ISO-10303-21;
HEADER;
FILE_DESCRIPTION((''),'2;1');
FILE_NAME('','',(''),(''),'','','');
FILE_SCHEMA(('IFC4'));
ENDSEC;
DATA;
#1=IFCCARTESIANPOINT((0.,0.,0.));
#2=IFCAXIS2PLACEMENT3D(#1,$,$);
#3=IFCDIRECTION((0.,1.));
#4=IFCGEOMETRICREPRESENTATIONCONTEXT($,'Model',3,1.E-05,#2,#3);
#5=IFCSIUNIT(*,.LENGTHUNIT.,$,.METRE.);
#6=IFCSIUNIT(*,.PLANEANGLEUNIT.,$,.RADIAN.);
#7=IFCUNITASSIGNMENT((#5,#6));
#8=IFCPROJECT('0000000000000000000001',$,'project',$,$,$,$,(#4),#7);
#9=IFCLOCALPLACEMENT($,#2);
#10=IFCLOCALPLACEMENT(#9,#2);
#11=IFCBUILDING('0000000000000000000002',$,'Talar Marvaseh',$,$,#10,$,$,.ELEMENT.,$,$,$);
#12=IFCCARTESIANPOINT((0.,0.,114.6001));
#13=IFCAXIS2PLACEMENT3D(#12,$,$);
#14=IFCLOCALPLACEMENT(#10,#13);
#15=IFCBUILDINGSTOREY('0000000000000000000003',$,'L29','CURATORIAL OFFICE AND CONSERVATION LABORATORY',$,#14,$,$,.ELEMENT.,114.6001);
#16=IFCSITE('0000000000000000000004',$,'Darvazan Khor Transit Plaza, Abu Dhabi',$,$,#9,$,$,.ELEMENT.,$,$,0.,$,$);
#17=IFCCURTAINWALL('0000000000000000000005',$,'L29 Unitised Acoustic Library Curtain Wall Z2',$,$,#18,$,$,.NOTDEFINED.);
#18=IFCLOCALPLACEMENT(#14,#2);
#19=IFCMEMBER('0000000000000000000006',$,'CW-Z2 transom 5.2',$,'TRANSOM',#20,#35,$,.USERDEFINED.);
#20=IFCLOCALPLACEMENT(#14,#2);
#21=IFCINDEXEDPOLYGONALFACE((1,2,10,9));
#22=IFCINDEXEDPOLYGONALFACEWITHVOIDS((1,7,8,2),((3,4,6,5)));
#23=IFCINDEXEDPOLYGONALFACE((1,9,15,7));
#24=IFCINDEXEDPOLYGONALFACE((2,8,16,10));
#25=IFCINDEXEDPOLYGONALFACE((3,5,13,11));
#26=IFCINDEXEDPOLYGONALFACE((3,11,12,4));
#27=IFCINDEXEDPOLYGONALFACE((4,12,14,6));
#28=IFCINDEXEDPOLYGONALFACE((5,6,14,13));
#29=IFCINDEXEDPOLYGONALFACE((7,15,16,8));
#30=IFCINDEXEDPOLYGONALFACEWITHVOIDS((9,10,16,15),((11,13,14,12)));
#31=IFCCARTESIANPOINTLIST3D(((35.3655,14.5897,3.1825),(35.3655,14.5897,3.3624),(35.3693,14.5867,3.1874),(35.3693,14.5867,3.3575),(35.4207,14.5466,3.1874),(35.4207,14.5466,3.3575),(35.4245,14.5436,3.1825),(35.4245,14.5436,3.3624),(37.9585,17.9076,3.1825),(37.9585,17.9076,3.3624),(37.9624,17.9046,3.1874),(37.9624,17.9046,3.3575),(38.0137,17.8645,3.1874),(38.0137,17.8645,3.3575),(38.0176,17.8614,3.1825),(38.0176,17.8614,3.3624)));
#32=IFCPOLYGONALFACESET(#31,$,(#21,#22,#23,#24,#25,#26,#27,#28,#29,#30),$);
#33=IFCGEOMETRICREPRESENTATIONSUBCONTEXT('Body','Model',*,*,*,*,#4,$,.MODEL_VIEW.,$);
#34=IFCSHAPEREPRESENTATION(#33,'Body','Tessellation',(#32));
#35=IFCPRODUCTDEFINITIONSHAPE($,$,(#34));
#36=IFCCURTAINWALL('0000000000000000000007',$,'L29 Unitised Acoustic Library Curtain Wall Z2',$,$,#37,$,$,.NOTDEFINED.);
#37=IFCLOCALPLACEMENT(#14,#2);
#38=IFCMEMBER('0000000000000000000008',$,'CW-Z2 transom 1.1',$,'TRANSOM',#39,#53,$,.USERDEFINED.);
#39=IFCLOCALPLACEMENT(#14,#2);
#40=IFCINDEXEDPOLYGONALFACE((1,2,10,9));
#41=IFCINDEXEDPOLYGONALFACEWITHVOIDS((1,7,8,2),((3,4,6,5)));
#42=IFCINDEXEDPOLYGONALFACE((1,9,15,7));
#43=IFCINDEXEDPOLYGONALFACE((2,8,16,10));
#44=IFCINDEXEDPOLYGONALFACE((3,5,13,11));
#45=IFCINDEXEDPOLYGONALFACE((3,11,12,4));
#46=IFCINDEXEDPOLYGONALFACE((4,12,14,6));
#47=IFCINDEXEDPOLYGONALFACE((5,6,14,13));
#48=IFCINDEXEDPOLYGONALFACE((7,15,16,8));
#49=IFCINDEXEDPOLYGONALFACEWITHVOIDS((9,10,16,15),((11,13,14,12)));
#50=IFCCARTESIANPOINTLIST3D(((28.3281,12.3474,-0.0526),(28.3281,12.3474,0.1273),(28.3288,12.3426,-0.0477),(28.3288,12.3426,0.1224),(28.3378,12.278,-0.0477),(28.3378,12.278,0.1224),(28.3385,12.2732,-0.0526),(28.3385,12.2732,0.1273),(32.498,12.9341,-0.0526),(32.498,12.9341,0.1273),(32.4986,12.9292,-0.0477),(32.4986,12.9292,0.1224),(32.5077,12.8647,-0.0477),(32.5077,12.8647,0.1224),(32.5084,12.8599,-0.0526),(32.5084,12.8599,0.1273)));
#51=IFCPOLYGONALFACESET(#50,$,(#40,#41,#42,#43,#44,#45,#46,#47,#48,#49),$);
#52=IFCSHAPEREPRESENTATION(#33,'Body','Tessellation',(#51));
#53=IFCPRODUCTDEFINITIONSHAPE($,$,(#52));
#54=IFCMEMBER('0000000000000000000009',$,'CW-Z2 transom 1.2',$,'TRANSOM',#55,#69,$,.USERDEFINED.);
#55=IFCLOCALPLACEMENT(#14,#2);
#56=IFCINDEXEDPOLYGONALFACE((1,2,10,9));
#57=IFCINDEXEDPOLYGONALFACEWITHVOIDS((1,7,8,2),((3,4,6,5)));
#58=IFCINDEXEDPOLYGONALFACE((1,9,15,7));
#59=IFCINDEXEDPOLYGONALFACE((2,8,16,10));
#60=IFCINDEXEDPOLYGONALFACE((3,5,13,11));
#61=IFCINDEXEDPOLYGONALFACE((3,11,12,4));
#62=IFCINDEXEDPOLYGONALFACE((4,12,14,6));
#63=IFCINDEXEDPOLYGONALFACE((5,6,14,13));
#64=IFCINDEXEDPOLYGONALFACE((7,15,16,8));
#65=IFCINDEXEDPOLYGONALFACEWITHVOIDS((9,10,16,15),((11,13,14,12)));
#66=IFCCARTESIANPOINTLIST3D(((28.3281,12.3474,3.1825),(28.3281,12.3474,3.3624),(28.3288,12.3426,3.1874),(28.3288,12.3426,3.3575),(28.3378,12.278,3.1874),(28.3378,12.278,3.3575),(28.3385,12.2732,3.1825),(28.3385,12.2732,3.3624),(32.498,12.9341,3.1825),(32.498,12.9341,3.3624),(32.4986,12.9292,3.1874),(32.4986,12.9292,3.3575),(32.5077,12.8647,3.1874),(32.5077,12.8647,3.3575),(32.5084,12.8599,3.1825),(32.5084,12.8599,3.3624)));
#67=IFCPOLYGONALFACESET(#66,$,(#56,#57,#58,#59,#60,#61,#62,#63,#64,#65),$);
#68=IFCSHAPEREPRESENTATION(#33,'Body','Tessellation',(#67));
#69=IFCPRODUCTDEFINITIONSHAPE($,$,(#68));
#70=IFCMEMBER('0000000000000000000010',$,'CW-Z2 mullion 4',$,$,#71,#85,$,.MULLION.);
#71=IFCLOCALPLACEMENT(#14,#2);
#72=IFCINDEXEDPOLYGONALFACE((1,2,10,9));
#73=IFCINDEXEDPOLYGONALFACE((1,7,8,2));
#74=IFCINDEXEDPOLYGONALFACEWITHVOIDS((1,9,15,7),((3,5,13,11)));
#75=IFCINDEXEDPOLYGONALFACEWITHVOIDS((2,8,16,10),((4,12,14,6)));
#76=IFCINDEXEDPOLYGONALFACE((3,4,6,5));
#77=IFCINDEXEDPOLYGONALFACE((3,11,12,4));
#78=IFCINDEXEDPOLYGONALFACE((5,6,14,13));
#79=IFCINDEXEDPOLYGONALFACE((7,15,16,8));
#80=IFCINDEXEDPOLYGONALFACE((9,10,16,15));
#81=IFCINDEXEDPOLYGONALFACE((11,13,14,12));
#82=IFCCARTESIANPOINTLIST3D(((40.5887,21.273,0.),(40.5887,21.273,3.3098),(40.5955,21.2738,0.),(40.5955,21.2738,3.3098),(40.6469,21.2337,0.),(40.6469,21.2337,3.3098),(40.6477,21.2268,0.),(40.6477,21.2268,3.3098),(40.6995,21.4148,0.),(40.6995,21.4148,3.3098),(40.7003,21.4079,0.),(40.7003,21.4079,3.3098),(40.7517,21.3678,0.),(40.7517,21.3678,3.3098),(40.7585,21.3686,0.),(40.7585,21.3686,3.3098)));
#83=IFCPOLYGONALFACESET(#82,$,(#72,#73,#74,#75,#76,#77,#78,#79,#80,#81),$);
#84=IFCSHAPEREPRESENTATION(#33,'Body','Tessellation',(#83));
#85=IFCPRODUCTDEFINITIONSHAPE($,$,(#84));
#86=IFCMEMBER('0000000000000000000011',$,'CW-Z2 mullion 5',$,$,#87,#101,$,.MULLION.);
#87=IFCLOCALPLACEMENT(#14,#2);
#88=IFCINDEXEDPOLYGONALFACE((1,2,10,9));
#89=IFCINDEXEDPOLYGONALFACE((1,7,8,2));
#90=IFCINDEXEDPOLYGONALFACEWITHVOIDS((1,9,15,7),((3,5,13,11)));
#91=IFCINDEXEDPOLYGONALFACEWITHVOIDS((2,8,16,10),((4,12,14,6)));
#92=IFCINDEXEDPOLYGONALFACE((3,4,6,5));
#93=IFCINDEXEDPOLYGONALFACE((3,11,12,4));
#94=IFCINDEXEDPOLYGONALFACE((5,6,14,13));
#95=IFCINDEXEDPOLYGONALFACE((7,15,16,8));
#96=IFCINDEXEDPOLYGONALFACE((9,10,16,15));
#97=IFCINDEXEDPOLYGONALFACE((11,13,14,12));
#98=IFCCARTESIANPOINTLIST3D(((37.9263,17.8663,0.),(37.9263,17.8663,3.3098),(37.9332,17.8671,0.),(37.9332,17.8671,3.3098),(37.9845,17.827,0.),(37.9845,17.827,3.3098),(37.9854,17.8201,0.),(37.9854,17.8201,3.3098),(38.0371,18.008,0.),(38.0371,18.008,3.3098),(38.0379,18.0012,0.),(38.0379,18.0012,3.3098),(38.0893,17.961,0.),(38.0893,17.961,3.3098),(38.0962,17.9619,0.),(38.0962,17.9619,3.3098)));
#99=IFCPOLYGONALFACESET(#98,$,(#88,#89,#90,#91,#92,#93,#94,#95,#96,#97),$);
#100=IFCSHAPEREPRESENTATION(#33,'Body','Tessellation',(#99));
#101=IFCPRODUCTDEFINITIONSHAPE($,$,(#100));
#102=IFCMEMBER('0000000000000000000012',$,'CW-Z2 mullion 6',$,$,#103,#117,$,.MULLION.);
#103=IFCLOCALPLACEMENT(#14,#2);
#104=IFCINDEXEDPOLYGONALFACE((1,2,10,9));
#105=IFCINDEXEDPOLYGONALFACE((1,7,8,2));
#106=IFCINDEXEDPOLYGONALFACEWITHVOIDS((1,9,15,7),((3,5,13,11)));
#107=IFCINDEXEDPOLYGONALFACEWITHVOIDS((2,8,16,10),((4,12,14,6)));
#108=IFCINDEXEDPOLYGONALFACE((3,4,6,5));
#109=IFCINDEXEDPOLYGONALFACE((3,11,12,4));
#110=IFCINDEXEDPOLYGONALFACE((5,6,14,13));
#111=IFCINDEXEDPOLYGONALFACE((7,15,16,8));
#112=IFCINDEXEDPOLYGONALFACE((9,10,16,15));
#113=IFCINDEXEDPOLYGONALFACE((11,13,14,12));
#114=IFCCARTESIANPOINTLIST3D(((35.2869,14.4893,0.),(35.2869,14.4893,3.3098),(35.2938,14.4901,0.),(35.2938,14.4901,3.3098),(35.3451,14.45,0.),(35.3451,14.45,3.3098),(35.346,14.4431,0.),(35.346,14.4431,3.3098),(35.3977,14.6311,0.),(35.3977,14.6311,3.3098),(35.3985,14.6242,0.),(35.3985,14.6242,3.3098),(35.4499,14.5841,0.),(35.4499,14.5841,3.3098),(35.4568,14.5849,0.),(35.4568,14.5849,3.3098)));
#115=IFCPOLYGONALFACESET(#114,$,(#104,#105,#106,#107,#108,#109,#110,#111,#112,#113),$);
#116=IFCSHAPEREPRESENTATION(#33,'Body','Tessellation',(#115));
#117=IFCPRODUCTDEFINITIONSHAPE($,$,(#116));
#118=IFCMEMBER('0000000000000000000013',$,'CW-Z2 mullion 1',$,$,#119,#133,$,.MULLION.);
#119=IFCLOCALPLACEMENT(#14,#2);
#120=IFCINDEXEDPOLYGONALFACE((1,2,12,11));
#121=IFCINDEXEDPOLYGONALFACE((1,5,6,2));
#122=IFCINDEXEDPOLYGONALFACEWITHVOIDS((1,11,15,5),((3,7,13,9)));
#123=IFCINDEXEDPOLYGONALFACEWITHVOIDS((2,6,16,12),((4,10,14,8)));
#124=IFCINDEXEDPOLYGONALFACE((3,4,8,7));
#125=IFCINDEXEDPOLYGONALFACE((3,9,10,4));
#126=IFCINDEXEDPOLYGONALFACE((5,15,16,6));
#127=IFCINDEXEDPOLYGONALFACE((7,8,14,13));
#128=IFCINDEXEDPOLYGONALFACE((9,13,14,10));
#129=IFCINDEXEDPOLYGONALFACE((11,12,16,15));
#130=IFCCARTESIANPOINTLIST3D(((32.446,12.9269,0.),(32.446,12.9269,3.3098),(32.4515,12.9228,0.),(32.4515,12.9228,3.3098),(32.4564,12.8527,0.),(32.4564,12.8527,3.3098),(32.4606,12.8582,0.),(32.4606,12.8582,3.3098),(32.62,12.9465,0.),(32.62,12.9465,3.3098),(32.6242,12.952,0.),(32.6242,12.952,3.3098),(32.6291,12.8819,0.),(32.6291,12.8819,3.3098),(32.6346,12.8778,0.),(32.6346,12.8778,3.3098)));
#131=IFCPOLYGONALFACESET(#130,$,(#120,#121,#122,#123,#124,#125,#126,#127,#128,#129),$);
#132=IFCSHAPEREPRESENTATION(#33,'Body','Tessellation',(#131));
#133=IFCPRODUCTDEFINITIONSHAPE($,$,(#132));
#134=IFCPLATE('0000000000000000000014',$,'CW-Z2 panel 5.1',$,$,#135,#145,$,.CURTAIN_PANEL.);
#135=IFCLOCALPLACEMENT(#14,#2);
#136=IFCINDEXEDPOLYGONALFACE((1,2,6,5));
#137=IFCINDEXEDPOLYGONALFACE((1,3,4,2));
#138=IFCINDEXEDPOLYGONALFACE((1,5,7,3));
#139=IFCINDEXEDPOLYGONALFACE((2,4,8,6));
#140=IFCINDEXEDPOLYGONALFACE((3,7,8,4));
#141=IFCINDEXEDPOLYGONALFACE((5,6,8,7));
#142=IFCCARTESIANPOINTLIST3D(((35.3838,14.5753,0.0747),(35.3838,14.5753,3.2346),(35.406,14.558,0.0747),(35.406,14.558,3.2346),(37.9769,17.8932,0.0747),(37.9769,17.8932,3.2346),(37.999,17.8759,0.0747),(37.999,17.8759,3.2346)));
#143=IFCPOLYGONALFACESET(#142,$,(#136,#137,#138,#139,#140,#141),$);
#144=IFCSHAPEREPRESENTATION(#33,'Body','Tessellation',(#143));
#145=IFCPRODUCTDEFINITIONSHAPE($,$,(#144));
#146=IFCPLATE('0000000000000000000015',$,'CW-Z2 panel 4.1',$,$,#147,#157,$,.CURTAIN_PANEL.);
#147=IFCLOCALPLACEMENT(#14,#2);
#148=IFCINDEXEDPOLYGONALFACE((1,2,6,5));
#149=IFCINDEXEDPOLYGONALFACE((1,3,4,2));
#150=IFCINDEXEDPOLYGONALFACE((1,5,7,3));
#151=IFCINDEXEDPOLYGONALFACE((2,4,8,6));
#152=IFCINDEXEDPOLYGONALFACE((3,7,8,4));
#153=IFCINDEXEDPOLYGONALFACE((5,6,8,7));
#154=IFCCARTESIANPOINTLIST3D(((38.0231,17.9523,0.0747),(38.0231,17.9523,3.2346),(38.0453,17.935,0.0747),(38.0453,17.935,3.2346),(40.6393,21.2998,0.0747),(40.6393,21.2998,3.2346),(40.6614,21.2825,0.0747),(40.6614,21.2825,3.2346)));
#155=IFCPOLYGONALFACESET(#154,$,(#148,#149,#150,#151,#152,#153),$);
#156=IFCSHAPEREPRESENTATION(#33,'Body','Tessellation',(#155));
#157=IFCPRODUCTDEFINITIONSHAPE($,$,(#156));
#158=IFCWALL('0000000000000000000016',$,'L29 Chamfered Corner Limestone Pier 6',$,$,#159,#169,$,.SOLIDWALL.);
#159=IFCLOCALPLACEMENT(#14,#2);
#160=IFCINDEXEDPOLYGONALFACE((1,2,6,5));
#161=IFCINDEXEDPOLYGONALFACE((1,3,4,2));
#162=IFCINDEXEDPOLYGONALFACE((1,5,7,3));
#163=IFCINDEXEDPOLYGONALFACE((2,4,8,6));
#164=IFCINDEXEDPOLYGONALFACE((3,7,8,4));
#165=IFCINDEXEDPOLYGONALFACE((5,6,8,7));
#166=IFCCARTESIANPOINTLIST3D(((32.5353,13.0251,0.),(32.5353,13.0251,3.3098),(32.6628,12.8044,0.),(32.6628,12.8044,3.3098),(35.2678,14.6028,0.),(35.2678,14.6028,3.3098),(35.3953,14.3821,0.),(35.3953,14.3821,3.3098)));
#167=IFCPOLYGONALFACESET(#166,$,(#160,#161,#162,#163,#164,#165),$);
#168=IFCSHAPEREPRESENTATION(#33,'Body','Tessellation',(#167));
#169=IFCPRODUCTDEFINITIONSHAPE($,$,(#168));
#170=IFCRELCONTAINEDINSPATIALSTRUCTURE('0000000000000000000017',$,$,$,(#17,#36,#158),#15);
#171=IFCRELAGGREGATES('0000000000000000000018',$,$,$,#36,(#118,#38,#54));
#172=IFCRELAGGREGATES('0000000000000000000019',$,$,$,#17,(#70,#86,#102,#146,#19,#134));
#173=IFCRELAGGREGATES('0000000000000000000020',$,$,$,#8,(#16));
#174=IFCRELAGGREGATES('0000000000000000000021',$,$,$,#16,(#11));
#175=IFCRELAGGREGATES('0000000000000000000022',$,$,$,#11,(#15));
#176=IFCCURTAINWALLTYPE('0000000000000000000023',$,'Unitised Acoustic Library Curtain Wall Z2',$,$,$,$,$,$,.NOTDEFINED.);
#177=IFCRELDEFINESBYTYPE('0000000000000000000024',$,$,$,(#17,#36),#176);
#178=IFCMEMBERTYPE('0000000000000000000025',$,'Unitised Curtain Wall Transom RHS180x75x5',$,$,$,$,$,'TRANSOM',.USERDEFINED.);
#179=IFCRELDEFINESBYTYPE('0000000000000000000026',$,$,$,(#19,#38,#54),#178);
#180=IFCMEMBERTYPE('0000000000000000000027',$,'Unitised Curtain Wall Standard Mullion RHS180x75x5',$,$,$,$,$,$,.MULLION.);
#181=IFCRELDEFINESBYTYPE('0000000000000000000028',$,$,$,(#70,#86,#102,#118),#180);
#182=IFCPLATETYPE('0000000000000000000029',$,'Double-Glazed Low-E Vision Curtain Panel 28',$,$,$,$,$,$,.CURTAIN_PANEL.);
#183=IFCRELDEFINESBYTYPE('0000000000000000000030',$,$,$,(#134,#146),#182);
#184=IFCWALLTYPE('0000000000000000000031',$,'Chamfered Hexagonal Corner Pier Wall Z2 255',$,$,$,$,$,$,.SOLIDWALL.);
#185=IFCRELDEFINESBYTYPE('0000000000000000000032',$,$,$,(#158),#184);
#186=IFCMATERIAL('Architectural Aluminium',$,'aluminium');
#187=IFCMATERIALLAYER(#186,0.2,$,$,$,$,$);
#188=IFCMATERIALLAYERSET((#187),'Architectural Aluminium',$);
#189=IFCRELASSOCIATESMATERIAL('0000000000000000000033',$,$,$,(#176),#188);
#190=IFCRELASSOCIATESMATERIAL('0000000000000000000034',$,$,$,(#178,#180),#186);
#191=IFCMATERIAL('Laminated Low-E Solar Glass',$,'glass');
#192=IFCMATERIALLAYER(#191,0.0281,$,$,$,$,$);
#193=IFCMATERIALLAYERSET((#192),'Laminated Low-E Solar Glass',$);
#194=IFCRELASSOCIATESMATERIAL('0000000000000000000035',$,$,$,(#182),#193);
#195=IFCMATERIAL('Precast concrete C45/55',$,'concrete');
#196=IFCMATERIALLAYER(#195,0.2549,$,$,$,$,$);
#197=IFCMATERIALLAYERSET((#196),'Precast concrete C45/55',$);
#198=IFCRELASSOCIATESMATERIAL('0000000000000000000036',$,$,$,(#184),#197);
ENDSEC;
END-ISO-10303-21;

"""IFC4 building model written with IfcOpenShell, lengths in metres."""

from ifc_helpers import new_model, si_unit, direction, frame, frame_2d, origin, origin_2d, place, context, subcontext, project, spatial, rectangle, hollow_rectangle, extrude, source, transform, mapped, material, layer, layer_set, material_profile, profile_set, type_object, type_shapes, element, aggregate, save


model = new_model("IFC4")

# Units and contexts
model_context = context("Model", 3, precision=1e-05, world=origin(), true_north=direction((0.0, 1.0)))
body_context = subcontext(model_context, "Body", "Model", "MODEL_VIEW")
ifc_project = project(units=[si_unit("LENGTHUNIT", "METRE"), si_unit("PLANEANGLEUNIT", "RADIAN")], contexts=[model_context])

# Site, building, storey
site_placement = place(None, origin())
site = spatial("IfcSite", under=ifc_project, at=site_placement, Name="Darvazan Khor Transit Plaza, Abu Dhabi", CompositionType="ELEMENT", RefElevation=0.0)
building_placement = place(site_placement, origin())
building = spatial("IfcBuilding", under=site, at=building_placement, Name="Talar Marvaseh", CompositionType="ELEMENT")
storey_placement = place(building_placement, frame((0.0, 0.0, 114.6001)))
storey = spatial("IfcBuildingStorey", under=building, at=storey_placement, Name="L29", Description="CURATORIAL OFFICE AND CONSERVATION LABORATORY", CompositionType="ELEMENT", Elevation=114.6001)

# Curtain walls, members
ifc_material_1 = material(Name="Architectural Aluminium", Category="aluminium")
ifc_layer_1 = layer(ifc_material_1, 0.2)
ifc_layer_set_1 = layer_set([ifc_layer_1], Name="Architectural Aluminium")
curtain_wall_type = type_object("IfcCurtainWallType", Name="Unitised Acoustic Library Curtain Wall Z2", PredefinedType="NOTDEFINED", material=ifc_layer_set_1)
curtain_wall_1_placement = place(storey_placement, origin())
curtain_wall_1 = element("IfcCurtainWall", 1, at=curtain_wall_1_placement, inside=storey, type_object=curtain_wall_type, Name="L29 Unitised Acoustic Library Curtain Wall Z2", PredefinedType="NOTDEFINED")
ifc_material_profile_1 = material_profile(ifc_material_1, hollow_rectangle(XDim=0.075, YDim=0.1799, WallThickness=0.0049, at=origin_2d()), Name="RHS180x75x5")
ifc_profile_set_1 = profile_set([ifc_material_profile_1], Name="Architectural Aluminium")
member_type_1 = type_object("IfcMemberType", Name="Unitised Curtain Wall Transom RHS180x75x5", ElementType="TRANSOM", PredefinedType="USERDEFINED", material=ifc_profile_set_1)
shared_shape_1 = source(origin(), body_context, "Body", "SweptSolid", [
    extrude(hollow_rectangle(XDim=0.075, YDim=0.1799, WallThickness=0.0049, at=origin_2d()), origin(), (0.0, 0.0, 1.0), 4.2109),
])
member_1_placement = place(storey_placement, frame((37.988, 17.8845, 3.2725), z_axis=(-0.615781, -0.787917, 0.0), x_axis=(0.787917, -0.615781, 0.0)))
member_1 = element("IfcMember", 2, at=member_1_placement, type_object=member_type_1, Name="CW-Z2 transom 5.2", ObjectType="TRANSOM", PredefinedType="USERDEFINED", context=body_context, shape_type="MappedRepresentation", body=[
    mapped(shared_shape_1, transform((0.0, 0.0, 0.0), x_axis=(1.0, 0.0, 0.0), y_axis=(0.0, 1.0, 0.0), z_axis=(0.0, 0.0, 1.0), scale=1.0)),
])
curtain_wall_2_placement = place(storey_placement, origin())
curtain_wall_2 = element("IfcCurtainWall", 3, at=curtain_wall_2_placement, inside=storey, type_object=curtain_wall_type, Name="L29 Unitised Acoustic Library Curtain Wall Z2", PredefinedType="NOTDEFINED")
member_2_placement = place(storey_placement, frame((32.5032, 12.897, 0.0374), z_axis=(-0.990248, -0.139319, 0.0), x_axis=(0.139319, -0.990248, 0.0)))
member_2 = element("IfcMember", 4, at=member_2_placement, type_object=member_type_1, Name="CW-Z2 transom 1.1", ObjectType="TRANSOM", PredefinedType="USERDEFINED", context=body_context, shape_type="MappedRepresentation", body=[
    mapped(shared_shape_1, transform((0.0, 0.0, 0.0), x_axis=(1.0, 0.0, 0.0), y_axis=(0.0, 1.0, 0.0), z_axis=(0.0, 0.0, 1.0), scale=1.0)),
])
member_3_placement = place(storey_placement, frame((32.5032, 12.897, 3.2725), z_axis=(-0.990248, -0.139319, 0.0), x_axis=(0.139319, -0.990248, 0.0)))
member_3 = element("IfcMember", 5, at=member_3_placement, type_object=member_type_1, Name="CW-Z2 transom 1.2", ObjectType="TRANSOM", PredefinedType="USERDEFINED", context=body_context, shape_type="MappedRepresentation", body=[
    mapped(shared_shape_1, transform((0.0, 0.0, 0.0), x_axis=(1.0, 0.0, 0.0), y_axis=(0.0, 1.0, 0.0), z_axis=(0.0, 0.0, 1.0), scale=1.0)),
])

# Members
ifc_material_profile_2 = material_profile(ifc_material_1, hollow_rectangle(XDim=0.075, YDim=0.1799, WallThickness=0.0049, at=origin_2d()), Name="RHS180x75x5")
ifc_profile_set_2 = profile_set([ifc_material_profile_2], Name="Architectural Aluminium")
member_type_2 = type_object("IfcMemberType", Name="Unitised Curtain Wall Standard Mullion RHS180x75x5", PredefinedType="MULLION", material=ifc_profile_set_2)
shared_shape_2 = source(origin(), body_context, "Body", "SweptSolid", [
    extrude(hollow_rectangle(XDim=0.075, YDim=0.1799, WallThickness=0.0049, at=origin_2d()), origin(), (0.0, 0.0, 1.0), 3.3098),
])
type_shapes(member_type_2, [shared_shape_2])
member_4_placement = place(storey_placement, frame((40.6736, 21.3208, 0.0), z_axis=(0.0, 0.0, 1.0), x_axis=(0.787916, -0.615783, 0.0)))
member_4 = element("IfcMember", 6, at=member_4_placement, type_object=member_type_2, Name="CW-Z2 mullion 4", PredefinedType="MULLION", context=body_context, shape_type="MappedRepresentation", body=[
    mapped(shared_shape_2, transform((0.0, 0.0, 0.0), x_axis=(1.0, 0.0, 0.0), y_axis=(0.0, 1.0, 0.0), z_axis=(0.0, 0.0, 1.0), scale=1.0)),
])
member_5_placement = place(storey_placement, frame((38.0112, 17.9141, 0.0), z_axis=(0.0, 0.0, 1.0), x_axis=(0.787916, -0.615783, 0.0)))
member_5 = element("IfcMember", 7, at=member_5_placement, type_object=member_type_2, Name="CW-Z2 mullion 5", PredefinedType="MULLION", context=body_context, shape_type="MappedRepresentation", body=[
    mapped(shared_shape_2, transform((0.0, 0.0, 0.0), x_axis=(1.0, 0.0, 0.0), y_axis=(0.0, 1.0, 0.0), z_axis=(0.0, 0.0, 1.0), scale=1.0)),
])
member_6_placement = place(storey_placement, frame((35.3718, 14.5371, 0.0), z_axis=(0.0, 0.0, 1.0), x_axis=(0.787916, -0.615783, 0.0)))
member_6 = element("IfcMember", 8, at=member_6_placement, type_object=member_type_2, Name="CW-Z2 mullion 6", PredefinedType="MULLION", context=body_context, shape_type="MappedRepresentation", body=[
    mapped(shared_shape_2, transform((0.0, 0.0, 0.0), x_axis=(1.0, 0.0, 0.0), y_axis=(0.0, 1.0, 0.0), z_axis=(0.0, 0.0, 1.0), scale=1.0)),
])
member_7_placement = place(storey_placement, frame((32.5403, 12.9023, 0.0), z_axis=(0.0, 0.0, 1.0), x_axis=(0.139325, -0.990247, 0.0)))
member_7 = element("IfcMember", 9, at=member_7_placement, type_object=member_type_2, Name="CW-Z2 mullion 1", PredefinedType="MULLION", context=body_context, shape_type="MappedRepresentation", body=[
    mapped(shared_shape_2, transform((0.0, 0.0, 0.0), x_axis=(1.0, 0.0, 0.0), y_axis=(0.0, 1.0, 0.0), z_axis=(0.0, 0.0, 1.0), scale=1.0)),
])
aggregate(curtain_wall_2, [member_7, member_2, member_3])

# Plates
ifc_material_2 = material(Name="Laminated Low-E Solar Glass", Category="glass")
ifc_layer_2 = layer(ifc_material_2, 0.0281)
ifc_layer_set_2 = layer_set([ifc_layer_2], Name="Laminated Low-E Solar Glass")
plate_type = type_object("IfcPlateType", Name="Double-Glazed Low-E Vision Curtain Panel 28", PredefinedType="CURTAIN_PANEL", material=ifc_layer_set_2)
shared_shape_3 = source(origin(), body_context, "Body", "SweptSolid", [
    extrude(rectangle(XDim=4.2109, YDim=0.0281, at=origin_2d()), origin(), (0.0, 0.0, 1.0), 3.1599),
])
plate_1_placement = place(storey_placement, frame((36.6914, 16.2256, 0.0747), z_axis=(0.0, 0.0, 1.0), x_axis=(-0.615783, -0.787916, 0.0)))
plate_1 = element("IfcPlate", 10, at=plate_1_placement, type_object=plate_type, Name="CW-Z2 panel 5.1", PredefinedType="CURTAIN_PANEL", context=body_context, shape_type="MappedRepresentation", body=[
    mapped(shared_shape_3, transform((0.0, 0.0, 0.0), x_axis=(1.0, 0.0, 0.0), y_axis=(0.0, 1.0, 0.0), z_axis=(0.0, 0.0, 1.0), scale=1.0)),
])
shared_shape_4 = source(origin(), body_context, "Body", "SweptSolid", [
    extrude(rectangle(XDim=4.2485, YDim=0.0281, at=origin_2d()), origin(), (0.0, 0.0, 1.0), 3.1599),
])
type_shapes(plate_type, [shared_shape_3, shared_shape_4])
plate_2_placement = place(storey_placement, frame((39.3423, 19.6174, 0.0747), z_axis=(0.0, 0.0, 1.0), x_axis=(-0.615783, -0.787916, 0.0)))
plate_2 = element("IfcPlate", 11, at=plate_2_placement, type_object=plate_type, Name="CW-Z2 panel 4.1", PredefinedType="CURTAIN_PANEL", context=body_context, shape_type="MappedRepresentation", body=[
    mapped(shared_shape_4, transform((0.0, 0.0, 0.0), x_axis=(1.0, 0.0, 0.0), y_axis=(0.0, 1.0, 0.0), z_axis=(0.0, 0.0, 1.0), scale=1.0)),
])
aggregate(curtain_wall_1, [member_4, member_5, member_6, plate_2, member_1, plate_1])

# Wall
ifc_material_3 = material(Name="Precast concrete C45/55", Category="concrete")
ifc_layer_3 = layer(ifc_material_3, 0.2549)
ifc_layer_set_3 = layer_set([ifc_layer_3], Name="Precast concrete C45/55")
wall_type_1 = type_object("IfcWallType", Name="Chamfered Hexagonal Corner Pier Wall Z2 255", PredefinedType="SOLIDWALL", material=ifc_layer_set_3)
wall_1_placement = place(storey_placement, frame((35.3315, 14.4924, 0.0), z_axis=(0.0, 0.0, 1.0), x_axis=(-0.866015, -0.500017, 0.0)))
element("IfcWall", 12, at=wall_1_placement, inside=storey, type_object=wall_type_1, Name="L29 Chamfered Corner Limestone Pier 6", PredefinedType="SOLIDWALL", context=body_context, shape_type="SweptSolid", body=[
    extrude(rectangle(XDim=3.1553, YDim=0.2549, at=frame_2d((1.5776, 0.0))), origin(), (0.0, 0.0, 1.0), 3.3098),
])

save(model, "model.ifc")
